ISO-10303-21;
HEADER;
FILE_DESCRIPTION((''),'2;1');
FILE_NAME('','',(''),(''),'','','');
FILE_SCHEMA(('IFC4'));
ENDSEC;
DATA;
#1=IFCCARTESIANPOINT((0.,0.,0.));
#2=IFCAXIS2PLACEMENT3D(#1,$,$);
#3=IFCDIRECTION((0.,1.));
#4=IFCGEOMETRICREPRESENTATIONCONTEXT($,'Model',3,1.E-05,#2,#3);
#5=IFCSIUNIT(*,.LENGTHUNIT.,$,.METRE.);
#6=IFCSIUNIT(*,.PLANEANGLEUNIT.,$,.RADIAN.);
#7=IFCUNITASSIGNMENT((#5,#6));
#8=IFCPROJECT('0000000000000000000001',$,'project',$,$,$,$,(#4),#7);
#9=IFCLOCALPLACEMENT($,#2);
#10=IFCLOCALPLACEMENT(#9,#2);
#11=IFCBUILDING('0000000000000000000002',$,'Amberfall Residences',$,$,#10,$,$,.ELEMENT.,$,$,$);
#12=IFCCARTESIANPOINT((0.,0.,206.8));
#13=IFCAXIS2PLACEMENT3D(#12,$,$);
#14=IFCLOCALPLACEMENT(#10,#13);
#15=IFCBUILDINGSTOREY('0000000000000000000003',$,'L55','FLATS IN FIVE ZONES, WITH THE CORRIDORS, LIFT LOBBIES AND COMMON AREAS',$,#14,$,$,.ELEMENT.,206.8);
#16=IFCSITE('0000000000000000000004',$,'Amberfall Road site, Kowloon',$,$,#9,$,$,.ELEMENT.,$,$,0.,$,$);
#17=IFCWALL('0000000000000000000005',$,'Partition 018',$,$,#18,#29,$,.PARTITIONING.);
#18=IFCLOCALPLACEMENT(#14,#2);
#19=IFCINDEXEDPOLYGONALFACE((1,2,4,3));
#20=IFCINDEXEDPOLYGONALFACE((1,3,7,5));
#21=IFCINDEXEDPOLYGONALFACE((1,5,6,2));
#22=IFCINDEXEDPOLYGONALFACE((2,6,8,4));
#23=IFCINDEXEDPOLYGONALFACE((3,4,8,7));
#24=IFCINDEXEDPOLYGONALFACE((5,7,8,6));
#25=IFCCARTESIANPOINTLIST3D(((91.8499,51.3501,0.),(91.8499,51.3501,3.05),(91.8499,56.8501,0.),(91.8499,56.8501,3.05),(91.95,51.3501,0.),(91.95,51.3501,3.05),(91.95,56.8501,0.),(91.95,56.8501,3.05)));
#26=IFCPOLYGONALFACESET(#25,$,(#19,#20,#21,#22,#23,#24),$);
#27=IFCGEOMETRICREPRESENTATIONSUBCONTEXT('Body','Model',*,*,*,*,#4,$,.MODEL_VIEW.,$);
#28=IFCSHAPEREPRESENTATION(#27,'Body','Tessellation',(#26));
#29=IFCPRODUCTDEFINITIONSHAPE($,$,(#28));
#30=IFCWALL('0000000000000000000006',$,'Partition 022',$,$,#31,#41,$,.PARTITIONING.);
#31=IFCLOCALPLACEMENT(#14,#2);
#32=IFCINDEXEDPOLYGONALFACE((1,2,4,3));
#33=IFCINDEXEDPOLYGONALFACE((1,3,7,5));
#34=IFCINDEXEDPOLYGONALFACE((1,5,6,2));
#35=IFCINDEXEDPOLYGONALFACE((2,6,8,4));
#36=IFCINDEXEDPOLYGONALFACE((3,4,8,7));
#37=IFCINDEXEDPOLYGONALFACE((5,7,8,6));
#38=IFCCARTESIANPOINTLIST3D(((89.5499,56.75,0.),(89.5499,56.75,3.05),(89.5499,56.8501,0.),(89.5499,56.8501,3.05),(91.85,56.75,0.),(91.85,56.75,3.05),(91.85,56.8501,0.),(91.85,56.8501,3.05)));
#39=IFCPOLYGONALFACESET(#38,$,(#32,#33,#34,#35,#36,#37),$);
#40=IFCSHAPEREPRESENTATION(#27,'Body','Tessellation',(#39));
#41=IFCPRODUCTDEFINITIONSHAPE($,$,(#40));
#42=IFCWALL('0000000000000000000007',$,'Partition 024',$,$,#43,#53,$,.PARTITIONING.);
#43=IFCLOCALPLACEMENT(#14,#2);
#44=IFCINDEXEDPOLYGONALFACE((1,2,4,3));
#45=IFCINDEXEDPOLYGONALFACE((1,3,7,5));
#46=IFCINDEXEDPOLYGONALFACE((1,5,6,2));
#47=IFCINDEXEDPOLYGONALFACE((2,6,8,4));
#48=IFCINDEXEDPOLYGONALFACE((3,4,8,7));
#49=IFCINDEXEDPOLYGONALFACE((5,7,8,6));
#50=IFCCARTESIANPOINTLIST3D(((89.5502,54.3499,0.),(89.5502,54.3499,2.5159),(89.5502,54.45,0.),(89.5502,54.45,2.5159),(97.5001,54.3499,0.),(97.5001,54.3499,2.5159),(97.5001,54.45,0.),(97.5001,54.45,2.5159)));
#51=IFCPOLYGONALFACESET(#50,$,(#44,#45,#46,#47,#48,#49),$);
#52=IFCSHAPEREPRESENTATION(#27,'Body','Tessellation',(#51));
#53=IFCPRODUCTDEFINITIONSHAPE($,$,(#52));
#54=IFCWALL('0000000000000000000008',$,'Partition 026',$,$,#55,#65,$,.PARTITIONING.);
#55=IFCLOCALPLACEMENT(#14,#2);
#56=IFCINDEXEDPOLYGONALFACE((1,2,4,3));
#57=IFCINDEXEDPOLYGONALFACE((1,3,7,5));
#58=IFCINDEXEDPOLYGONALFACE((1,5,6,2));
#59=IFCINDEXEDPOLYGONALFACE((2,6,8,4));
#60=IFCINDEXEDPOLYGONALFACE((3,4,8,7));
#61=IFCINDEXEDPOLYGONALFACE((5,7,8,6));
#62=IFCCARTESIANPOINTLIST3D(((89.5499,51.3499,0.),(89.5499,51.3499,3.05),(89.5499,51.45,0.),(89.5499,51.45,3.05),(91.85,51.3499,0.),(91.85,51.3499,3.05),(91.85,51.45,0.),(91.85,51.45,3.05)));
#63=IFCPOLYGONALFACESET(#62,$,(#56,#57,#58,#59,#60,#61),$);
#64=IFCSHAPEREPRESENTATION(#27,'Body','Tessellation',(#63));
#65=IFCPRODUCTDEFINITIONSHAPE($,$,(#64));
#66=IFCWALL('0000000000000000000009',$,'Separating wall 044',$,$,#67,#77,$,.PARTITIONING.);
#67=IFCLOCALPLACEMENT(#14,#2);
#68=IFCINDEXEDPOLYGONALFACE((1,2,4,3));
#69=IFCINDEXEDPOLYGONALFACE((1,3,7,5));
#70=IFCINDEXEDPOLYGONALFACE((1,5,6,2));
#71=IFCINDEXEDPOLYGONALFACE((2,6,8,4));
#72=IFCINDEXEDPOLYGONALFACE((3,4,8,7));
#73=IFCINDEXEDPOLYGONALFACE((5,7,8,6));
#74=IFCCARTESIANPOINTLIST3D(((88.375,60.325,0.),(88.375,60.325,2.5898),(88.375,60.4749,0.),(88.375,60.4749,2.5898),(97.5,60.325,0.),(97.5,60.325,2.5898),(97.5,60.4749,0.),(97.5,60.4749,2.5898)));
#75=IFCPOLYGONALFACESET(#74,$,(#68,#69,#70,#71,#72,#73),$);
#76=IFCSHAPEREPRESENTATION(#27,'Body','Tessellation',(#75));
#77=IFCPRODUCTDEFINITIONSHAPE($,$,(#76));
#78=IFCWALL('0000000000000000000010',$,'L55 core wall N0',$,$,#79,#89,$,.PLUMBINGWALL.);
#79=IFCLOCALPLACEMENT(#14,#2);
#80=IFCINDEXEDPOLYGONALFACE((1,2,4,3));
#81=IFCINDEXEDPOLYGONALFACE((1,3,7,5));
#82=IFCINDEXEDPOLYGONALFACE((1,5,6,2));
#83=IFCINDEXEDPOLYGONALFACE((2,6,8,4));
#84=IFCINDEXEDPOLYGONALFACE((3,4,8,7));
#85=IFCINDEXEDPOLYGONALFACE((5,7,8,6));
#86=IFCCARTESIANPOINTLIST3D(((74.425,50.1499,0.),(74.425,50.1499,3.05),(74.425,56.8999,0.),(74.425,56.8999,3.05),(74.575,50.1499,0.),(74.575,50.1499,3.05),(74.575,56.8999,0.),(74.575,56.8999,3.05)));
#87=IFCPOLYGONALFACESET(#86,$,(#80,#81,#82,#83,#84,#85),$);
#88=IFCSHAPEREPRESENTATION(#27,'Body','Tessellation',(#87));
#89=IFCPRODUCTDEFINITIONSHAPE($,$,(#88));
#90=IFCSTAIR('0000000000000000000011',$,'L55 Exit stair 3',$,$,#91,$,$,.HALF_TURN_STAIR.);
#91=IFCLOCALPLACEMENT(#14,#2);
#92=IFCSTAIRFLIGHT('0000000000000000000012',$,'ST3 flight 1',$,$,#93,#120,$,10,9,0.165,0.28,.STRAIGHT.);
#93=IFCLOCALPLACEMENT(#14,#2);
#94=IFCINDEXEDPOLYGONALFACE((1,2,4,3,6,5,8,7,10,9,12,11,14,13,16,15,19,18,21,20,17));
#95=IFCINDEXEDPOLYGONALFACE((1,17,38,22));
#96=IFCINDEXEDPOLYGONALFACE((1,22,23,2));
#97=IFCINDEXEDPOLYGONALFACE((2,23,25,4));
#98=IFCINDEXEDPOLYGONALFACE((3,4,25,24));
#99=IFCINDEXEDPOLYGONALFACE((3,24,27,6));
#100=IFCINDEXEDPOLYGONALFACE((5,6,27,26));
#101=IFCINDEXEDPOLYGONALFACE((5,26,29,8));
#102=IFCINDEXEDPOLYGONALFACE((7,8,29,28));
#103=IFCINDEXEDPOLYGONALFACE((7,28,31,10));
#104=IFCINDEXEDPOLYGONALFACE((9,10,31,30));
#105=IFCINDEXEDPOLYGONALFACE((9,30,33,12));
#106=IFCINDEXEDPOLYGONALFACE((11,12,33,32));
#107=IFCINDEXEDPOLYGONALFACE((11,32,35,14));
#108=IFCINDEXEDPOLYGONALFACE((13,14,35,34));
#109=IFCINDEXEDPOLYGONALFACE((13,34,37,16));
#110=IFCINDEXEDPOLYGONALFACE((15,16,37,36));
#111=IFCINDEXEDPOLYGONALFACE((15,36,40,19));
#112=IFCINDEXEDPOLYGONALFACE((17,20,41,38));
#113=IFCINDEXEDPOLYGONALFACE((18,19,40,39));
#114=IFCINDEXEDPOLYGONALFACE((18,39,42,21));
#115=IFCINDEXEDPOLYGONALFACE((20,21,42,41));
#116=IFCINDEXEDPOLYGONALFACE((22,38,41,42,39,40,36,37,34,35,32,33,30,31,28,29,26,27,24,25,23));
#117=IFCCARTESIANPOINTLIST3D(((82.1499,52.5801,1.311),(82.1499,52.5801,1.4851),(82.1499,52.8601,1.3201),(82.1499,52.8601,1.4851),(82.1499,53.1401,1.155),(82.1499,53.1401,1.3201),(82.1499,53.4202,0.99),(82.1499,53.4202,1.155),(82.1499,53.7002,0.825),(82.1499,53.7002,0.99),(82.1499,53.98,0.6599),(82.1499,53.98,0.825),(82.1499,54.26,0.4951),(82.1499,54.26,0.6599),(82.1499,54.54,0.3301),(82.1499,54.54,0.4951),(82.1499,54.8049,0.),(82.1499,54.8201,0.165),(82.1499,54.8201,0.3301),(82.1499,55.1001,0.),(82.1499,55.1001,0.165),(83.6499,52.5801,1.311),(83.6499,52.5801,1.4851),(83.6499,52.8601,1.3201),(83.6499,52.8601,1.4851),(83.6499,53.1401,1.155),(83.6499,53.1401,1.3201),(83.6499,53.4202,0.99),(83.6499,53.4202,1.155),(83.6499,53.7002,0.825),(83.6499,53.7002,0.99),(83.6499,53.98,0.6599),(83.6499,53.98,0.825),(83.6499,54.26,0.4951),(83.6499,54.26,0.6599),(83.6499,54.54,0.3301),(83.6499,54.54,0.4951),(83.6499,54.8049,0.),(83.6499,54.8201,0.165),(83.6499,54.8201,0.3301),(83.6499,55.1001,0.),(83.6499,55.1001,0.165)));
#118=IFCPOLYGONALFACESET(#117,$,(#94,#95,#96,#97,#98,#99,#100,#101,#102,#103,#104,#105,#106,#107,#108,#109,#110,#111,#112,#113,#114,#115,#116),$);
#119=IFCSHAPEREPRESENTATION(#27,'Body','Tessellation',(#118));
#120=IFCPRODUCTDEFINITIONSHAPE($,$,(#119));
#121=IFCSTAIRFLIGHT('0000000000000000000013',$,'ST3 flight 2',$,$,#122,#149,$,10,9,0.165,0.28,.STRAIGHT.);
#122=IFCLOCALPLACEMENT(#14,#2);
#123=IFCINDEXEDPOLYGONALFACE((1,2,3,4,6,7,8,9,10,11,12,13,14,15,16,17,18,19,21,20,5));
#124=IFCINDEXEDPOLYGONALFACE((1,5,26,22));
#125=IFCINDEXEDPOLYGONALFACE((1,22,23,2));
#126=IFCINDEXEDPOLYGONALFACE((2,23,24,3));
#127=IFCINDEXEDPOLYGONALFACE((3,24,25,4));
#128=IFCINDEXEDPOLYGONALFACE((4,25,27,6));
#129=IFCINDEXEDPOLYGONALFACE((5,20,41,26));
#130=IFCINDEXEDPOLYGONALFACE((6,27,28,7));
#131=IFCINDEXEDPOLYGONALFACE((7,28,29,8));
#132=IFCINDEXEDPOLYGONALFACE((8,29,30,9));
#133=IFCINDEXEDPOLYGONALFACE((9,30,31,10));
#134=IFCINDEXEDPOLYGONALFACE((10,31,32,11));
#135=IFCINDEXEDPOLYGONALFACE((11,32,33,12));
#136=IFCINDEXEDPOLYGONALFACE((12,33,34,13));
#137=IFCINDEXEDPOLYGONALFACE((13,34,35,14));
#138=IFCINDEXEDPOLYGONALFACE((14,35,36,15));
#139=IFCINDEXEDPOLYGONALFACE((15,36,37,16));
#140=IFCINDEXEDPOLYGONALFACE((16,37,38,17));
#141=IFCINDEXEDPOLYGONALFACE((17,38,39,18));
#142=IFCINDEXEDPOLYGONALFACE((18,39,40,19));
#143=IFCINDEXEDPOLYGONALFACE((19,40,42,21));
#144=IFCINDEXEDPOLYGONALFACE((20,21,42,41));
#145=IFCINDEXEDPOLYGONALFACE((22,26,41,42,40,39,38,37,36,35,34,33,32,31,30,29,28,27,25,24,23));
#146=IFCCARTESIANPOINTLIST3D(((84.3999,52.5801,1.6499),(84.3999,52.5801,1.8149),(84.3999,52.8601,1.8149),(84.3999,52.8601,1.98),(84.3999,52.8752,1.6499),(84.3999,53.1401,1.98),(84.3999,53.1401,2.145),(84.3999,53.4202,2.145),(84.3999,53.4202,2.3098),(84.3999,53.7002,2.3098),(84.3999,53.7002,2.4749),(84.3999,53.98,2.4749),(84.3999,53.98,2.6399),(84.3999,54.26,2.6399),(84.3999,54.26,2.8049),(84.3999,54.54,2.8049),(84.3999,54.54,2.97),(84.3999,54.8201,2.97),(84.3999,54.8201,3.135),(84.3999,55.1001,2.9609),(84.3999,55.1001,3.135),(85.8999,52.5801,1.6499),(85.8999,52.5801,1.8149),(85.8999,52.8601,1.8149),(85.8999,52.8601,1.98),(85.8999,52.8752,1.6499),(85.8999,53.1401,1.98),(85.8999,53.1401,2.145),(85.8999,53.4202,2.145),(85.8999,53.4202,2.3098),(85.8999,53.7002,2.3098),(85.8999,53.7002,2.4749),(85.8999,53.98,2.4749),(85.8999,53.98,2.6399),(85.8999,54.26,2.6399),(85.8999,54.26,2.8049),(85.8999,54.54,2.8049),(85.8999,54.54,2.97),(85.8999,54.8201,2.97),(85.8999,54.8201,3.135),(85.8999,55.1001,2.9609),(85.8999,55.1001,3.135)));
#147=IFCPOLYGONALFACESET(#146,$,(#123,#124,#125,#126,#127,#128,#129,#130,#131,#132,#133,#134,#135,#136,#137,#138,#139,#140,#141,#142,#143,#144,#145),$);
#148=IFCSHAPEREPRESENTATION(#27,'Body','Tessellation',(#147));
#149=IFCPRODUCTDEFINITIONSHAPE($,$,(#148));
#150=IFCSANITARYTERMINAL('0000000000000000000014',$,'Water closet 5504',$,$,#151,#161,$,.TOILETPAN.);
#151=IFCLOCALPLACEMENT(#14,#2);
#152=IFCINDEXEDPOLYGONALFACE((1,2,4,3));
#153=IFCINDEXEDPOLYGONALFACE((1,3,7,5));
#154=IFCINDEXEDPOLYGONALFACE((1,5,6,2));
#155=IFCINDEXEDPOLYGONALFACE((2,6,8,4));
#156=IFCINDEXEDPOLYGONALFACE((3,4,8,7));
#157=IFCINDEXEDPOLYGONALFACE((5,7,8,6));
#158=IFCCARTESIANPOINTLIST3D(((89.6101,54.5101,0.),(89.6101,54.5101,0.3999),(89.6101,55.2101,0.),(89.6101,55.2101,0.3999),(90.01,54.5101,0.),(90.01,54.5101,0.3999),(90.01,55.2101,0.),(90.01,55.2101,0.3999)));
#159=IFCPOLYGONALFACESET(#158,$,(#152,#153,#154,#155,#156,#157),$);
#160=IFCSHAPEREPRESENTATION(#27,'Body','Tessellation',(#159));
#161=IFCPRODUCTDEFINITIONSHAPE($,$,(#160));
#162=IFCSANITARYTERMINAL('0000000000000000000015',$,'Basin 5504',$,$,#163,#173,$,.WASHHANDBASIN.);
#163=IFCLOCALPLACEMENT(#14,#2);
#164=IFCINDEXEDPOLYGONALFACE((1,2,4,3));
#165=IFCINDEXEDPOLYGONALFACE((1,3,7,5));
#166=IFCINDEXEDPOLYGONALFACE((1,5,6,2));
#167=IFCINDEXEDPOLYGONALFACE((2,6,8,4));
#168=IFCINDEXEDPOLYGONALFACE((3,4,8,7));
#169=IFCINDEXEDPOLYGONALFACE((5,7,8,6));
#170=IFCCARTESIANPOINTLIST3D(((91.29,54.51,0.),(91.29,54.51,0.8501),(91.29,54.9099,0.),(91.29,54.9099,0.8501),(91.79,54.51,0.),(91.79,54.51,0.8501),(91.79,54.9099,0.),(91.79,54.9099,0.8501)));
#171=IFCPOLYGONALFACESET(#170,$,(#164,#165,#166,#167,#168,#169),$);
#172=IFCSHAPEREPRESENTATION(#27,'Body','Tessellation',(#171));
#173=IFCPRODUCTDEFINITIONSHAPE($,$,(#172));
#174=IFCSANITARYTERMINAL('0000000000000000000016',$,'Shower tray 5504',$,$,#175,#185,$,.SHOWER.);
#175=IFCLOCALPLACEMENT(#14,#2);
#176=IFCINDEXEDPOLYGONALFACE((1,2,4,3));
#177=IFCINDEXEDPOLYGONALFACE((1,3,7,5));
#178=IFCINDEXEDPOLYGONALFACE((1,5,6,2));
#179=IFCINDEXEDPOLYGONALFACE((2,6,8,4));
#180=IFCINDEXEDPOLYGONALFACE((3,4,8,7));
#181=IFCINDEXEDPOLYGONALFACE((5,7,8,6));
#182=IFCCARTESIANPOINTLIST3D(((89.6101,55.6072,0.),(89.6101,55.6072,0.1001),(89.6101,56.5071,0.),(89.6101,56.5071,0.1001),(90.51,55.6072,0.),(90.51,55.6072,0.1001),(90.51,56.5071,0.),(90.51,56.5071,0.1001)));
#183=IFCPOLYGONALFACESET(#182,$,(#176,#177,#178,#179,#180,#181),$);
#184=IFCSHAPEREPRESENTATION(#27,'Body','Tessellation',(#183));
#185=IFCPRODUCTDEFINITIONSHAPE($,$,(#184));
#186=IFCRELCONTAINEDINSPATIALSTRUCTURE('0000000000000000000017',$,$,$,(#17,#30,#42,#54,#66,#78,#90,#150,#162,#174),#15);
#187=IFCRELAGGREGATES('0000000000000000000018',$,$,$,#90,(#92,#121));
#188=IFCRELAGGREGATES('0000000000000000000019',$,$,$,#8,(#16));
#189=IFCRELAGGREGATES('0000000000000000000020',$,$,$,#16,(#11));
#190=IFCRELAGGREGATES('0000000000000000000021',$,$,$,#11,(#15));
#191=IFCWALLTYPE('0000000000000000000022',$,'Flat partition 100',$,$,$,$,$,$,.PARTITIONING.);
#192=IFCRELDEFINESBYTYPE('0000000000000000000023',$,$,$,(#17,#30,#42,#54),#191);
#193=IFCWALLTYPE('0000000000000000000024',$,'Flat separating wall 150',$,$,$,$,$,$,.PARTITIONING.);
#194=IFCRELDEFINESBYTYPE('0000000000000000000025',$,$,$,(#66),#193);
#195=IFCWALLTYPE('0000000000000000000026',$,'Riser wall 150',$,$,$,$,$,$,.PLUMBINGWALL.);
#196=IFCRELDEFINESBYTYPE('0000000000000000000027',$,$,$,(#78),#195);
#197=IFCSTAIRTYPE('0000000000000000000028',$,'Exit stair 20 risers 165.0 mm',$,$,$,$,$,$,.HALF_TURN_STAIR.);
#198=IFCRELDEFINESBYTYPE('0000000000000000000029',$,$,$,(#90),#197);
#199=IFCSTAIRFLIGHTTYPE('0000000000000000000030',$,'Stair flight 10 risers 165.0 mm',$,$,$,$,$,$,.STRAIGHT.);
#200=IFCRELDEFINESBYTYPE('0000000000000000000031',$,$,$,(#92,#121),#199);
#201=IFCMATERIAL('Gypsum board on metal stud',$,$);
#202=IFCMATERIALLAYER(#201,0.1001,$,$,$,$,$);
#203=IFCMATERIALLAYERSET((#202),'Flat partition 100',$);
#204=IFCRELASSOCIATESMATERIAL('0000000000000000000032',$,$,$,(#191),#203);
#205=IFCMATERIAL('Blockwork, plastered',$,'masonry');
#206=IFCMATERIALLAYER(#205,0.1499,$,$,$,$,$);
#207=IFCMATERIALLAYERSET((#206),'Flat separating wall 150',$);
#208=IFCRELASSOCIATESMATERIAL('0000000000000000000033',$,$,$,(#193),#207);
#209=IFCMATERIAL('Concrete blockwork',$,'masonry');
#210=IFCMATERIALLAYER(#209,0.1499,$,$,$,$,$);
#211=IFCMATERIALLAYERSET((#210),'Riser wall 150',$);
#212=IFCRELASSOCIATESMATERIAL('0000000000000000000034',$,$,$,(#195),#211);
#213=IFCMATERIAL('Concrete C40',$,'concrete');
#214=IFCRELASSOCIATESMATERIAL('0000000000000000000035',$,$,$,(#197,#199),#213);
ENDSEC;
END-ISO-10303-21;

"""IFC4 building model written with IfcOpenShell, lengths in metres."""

from ifc_helpers import new_model, si_unit, direction, frame, frame_2d, origin, origin_2d, place, context, subcontext, project, spatial, polyline, rectangle, outline, extrude, material, layer, layer_set, type_object, element, aggregate, save


model = new_model("IFC4")

# Units and contexts
model_context = context("Model", 3, precision=1e-05, world=origin(), true_north=direction((0.0, 1.0)))
body_context = subcontext(model_context, "Body", "Model", "MODEL_VIEW")
ifc_project = project(units=[si_unit("LENGTHUNIT", "METRE"), si_unit("PLANEANGLEUNIT", "RADIAN")], contexts=[model_context])

# Site, building, storey
site_placement = place(None, origin())
site = spatial("IfcSite", under=ifc_project, at=site_placement, Name="Amberfall Road site, Kowloon", CompositionType="ELEMENT", RefElevation=0.0)
building_placement = place(site_placement, origin())
building = spatial("IfcBuilding", under=site, at=building_placement, Name="Amberfall Residences", CompositionType="ELEMENT")
storey_placement = place(building_placement, frame((0.0, 0.0, 206.8)))
storey = spatial("IfcBuildingStorey", under=building, at=storey_placement, Name="L55", Description="FLATS IN FIVE ZONES, WITH THE CORRIDORS, LIFT LOBBIES AND COMMON AREAS", CompositionType="ELEMENT", Elevation=206.8)

# Shared definitions
ifc_material_1 = material(Name="Gypsum board on metal stud")
ifc_layer_1 = layer(ifc_material_1, 0.1001)
ifc_layer_set_1 = layer_set([ifc_layer_1], Name="Flat partition 100")
wall_type_1 = type_object("IfcWallType", Name="Flat partition 100", PredefinedType="PARTITIONING", material=ifc_layer_set_1)

# Walls
wall_1_placement = place(storey_placement, frame((91.8999, 51.3501, 0.0), z_axis=(0.0, 0.0, 1.0), x_axis=(0.0, 1.0, 0.0)))
element("IfcWall", 1, at=wall_1_placement, inside=storey, type_object=wall_type_1, Name="Partition 018", PredefinedType="PARTITIONING", context=body_context, shape_type="SweptSolid", body=[
    extrude(rectangle(XDim=5.5, YDim=0.1001, at=frame_2d((2.75, 0.0))), origin(), (0.0, 0.0, 1.0), 3.05),
])
wall_2_placement = place(storey_placement, frame((89.55, 56.8, 0.0), z_axis=(0.0, 0.0, 1.0), x_axis=(1.0, 0.0, 0.0)))
element("IfcWall", 2, at=wall_2_placement, inside=storey, type_object=wall_type_1, Name="Partition 022", PredefinedType="PARTITIONING", context=body_context, shape_type="SweptSolid", body=[
    extrude(rectangle(XDim=2.3, YDim=0.1001, at=frame_2d((1.1499, 0.0))), origin(), (0.0, 0.0, 1.0), 3.05),
])
wall_3_placement = place(storey_placement, frame((89.55, 54.3999, 0.0), z_axis=(0.0, 0.0, 1.0), x_axis=(1.0, 0.0, 0.0)))
element("IfcWall", 3, at=wall_3_placement, inside=storey, type_object=wall_type_1, Name="Partition 024", PredefinedType="PARTITIONING", context=body_context, shape_type="SweptSolid", body=[
    extrude(rectangle(XDim=7.95, YDim=0.1001, at=frame_2d((3.9751, 0.0))), origin(), (0.0, 0.0, 1.0), 2.5159),
])
wall_4_placement = place(storey_placement, frame((89.55, 51.3999, 0.0), z_axis=(0.0, 0.0, 1.0), x_axis=(1.0, 0.0, 0.0)))
element("IfcWall", 4, at=wall_4_placement, inside=storey, type_object=wall_type_1, Name="Partition 026", PredefinedType="PARTITIONING", context=body_context, shape_type="SweptSolid", body=[
    extrude(rectangle(XDim=2.3, YDim=0.1001, at=frame_2d((1.1499, 0.0))), origin(), (0.0, 0.0, 1.0), 3.05),
])
ifc_material_2 = material(Name="Blockwork, plastered", Category="masonry")
ifc_layer_2 = layer(ifc_material_2, 0.1499)
ifc_layer_set_2 = layer_set([ifc_layer_2], Name="Flat separating wall 150")
wall_type_2 = type_object("IfcWallType", Name="Flat separating wall 150", PredefinedType="PARTITIONING", material=ifc_layer_set_2)
wall_5_placement = place(storey_placement, frame((88.375, 60.3999, 0.0), z_axis=(0.0, 0.0, 1.0), x_axis=(1.0, 0.0, 0.0)))
element("IfcWall", 5, at=wall_5_placement, inside=storey, type_object=wall_type_2, Name="Separating wall 044", PredefinedType="PARTITIONING", context=body_context, shape_type="SweptSolid", body=[
    extrude(rectangle(XDim=9.125, YDim=0.1499, at=frame_2d((4.5625, 0.0))), origin(), (0.0, 0.0, 1.0), 2.5898),
])
ifc_material_3 = material(Name="Concrete blockwork", Category="masonry")
ifc_layer_3 = layer(ifc_material_3, 0.1499)
ifc_layer_set_3 = layer_set([ifc_layer_3], Name="Riser wall 150")
wall_type_3 = type_object("IfcWallType", Name="Riser wall 150", PredefinedType="PLUMBINGWALL", material=ifc_layer_set_3)
wall_6_placement = place(storey_placement, frame((74.5, 50.1499, 0.0), z_axis=(0.0, 0.0, 1.0), x_axis=(0.0, 1.0, 0.0)))
element("IfcWall", 6, at=wall_6_placement, inside=storey, type_object=wall_type_3, Name="L55 core wall N0", PredefinedType="PLUMBINGWALL", context=body_context, shape_type="SweptSolid", body=[
    extrude(rectangle(XDim=6.75, YDim=0.1499, at=frame_2d((3.375, 0.0))), origin(), (0.0, 0.0, 1.0), 3.05),
])

# Stair, stair flights
ifc_material_4 = material(Name="Concrete C40", Category="concrete")
stair_type = type_object("IfcStairType", Name="Exit stair 20 risers 165.0 mm", PredefinedType="HALF_TURN_STAIR", material=ifc_material_4)
stair_placement = place(storey_placement, origin())
stair = element("IfcStair", 7, at=stair_placement, inside=storey, type_object=stair_type, Name="L55 Exit stair 3", PredefinedType="HALF_TURN_STAIR")
stair_flight_type = type_object("IfcStairFlightType", Name="Stair flight 10 risers 165.0 mm", PredefinedType="STRAIGHT", material=ifc_material_4)
stair_flight_1_placement = place(storey_placement, frame((82.8999, 55.1001, 0.0), z_axis=(0.0, 0.0, 1.0), x_axis=(0.0, -1.0, 0.0)))
stair_flight_1 = element("IfcStairFlight", 8, at=stair_flight_1_placement, type_object=stair_flight_type, Name="ST3 flight 1", NumberOfRisers=10, NumberOfTreads=9, PredefinedType="STRAIGHT", RiserHeight=0.165, TreadLength=0.28, context=body_context, shape_type="SweptSolid", body=[
    extrude(outline(polyline([(0.0, 0.0), (0.0, 0.165), (0.28, 0.165), (0.28, 0.3301), (0.5601, 0.3301), (0.5601, 0.4951), (0.8401, 0.4951), (0.8401, 0.6599), (1.1201, 0.6599), (1.1201, 0.825), (1.3999, 0.825), (1.3999, 0.99), (1.6799, 0.99), (1.6799, 1.155), (1.96, 1.155), (1.96, 1.3201), (2.24, 1.3201), (2.24, 1.4851), (2.52, 1.4851), (2.52, 1.6499), (2.52, 1.311), (0.2952, 0.0), (0.0, 0.0)])), frame((0.0, 0.75, 0.0), z_axis=(0.0, -1.0, 0.0), x_axis=(1.0, 0.0, 0.0)), (0.0, 0.0, 1.0), 1.5),
])
stair_flight_2_placement = place(storey_placement, frame((85.1499, 52.5801, 1.6499), z_axis=(0.0, 0.0, 1.0), x_axis=(0.0, 1.0, 0.0)))
stair_flight_2 = element("IfcStairFlight", 9, at=stair_flight_2_placement, type_object=stair_flight_type, Name="ST3 flight 2", NumberOfRisers=10, NumberOfTreads=9, PredefinedType="STRAIGHT", RiserHeight=0.165, TreadLength=0.28, context=body_context, shape_type="SweptSolid", body=[
    extrude(outline(polyline([(0.0, 0.0), (0.0, 0.165), (0.28, 0.165), (0.28, 0.3301), (0.5601, 0.3301), (0.5601, 0.4951), (0.8401, 0.4951), (0.8401, 0.6599), (1.1201, 0.6599), (1.1201, 0.825), (1.3999, 0.825), (1.3999, 0.99), (1.6799, 0.99), (1.6799, 1.155), (1.96, 1.155), (1.96, 1.3201), (2.24, 1.3201), (2.24, 1.4851), (2.52, 1.4851), (2.52, 1.6499), (2.52, 1.311), (0.2952, 0.0), (0.0, 0.0)])), frame((0.0, 0.75, 0.0), z_axis=(0.0, -1.0, 0.0), x_axis=(1.0, 0.0, 0.0)), (0.0, 0.0, 1.0), 1.5),
])
aggregate(stair, [stair_flight_1, stair_flight_2])

# Sanitary terminals
sanitary_terminal_1_placement = place(storey_placement, frame((89.8101, 54.8601, 0.0), z_axis=(0.0, 0.0, 1.0), x_axis=(1.0, 0.0, 0.0)))
element("IfcSanitaryTerminal", 10, at=sanitary_terminal_1_placement, inside=storey, Name="Water closet 5504", PredefinedType="TOILETPAN", context=body_context, shape_type="SweptSolid", body=[
    extrude(rectangle(XDim=0.3999, YDim=0.7, at=origin_2d()), origin(), (0.0, 0.0, 1.0), 0.3999),
])
sanitary_terminal_2_placement = place(storey_placement, frame((91.54, 54.71, 0.0), z_axis=(0.0, 0.0, 1.0), x_axis=(1.0, 0.0, 0.0)))
element("IfcSanitaryTerminal", 11, at=sanitary_terminal_2_placement, inside=storey, Name="Basin 5504", PredefinedType="WASHHANDBASIN", context=body_context, shape_type="SweptSolid", body=[
    extrude(rectangle(XDim=0.5, YDim=0.3999, at=origin_2d()), origin(), (0.0, 0.0, 1.0), 0.8501),
])
sanitary_terminal_3_placement = place(storey_placement, frame((90.0601, 56.0571, 0.0), z_axis=(0.0, 0.0, 1.0), x_axis=(1.0, 0.0, 0.0)))
element("IfcSanitaryTerminal", 12, at=sanitary_terminal_3_placement, inside=storey, Name="Shower tray 5504", PredefinedType="SHOWER", context=body_context, shape_type="SweptSolid", body=[
    extrude(rectangle(XDim=0.8999, YDim=0.8999, at=origin_2d()), origin(), (0.0, 0.0, 1.0), 0.1001),
])

save(model, "model.ifc")
